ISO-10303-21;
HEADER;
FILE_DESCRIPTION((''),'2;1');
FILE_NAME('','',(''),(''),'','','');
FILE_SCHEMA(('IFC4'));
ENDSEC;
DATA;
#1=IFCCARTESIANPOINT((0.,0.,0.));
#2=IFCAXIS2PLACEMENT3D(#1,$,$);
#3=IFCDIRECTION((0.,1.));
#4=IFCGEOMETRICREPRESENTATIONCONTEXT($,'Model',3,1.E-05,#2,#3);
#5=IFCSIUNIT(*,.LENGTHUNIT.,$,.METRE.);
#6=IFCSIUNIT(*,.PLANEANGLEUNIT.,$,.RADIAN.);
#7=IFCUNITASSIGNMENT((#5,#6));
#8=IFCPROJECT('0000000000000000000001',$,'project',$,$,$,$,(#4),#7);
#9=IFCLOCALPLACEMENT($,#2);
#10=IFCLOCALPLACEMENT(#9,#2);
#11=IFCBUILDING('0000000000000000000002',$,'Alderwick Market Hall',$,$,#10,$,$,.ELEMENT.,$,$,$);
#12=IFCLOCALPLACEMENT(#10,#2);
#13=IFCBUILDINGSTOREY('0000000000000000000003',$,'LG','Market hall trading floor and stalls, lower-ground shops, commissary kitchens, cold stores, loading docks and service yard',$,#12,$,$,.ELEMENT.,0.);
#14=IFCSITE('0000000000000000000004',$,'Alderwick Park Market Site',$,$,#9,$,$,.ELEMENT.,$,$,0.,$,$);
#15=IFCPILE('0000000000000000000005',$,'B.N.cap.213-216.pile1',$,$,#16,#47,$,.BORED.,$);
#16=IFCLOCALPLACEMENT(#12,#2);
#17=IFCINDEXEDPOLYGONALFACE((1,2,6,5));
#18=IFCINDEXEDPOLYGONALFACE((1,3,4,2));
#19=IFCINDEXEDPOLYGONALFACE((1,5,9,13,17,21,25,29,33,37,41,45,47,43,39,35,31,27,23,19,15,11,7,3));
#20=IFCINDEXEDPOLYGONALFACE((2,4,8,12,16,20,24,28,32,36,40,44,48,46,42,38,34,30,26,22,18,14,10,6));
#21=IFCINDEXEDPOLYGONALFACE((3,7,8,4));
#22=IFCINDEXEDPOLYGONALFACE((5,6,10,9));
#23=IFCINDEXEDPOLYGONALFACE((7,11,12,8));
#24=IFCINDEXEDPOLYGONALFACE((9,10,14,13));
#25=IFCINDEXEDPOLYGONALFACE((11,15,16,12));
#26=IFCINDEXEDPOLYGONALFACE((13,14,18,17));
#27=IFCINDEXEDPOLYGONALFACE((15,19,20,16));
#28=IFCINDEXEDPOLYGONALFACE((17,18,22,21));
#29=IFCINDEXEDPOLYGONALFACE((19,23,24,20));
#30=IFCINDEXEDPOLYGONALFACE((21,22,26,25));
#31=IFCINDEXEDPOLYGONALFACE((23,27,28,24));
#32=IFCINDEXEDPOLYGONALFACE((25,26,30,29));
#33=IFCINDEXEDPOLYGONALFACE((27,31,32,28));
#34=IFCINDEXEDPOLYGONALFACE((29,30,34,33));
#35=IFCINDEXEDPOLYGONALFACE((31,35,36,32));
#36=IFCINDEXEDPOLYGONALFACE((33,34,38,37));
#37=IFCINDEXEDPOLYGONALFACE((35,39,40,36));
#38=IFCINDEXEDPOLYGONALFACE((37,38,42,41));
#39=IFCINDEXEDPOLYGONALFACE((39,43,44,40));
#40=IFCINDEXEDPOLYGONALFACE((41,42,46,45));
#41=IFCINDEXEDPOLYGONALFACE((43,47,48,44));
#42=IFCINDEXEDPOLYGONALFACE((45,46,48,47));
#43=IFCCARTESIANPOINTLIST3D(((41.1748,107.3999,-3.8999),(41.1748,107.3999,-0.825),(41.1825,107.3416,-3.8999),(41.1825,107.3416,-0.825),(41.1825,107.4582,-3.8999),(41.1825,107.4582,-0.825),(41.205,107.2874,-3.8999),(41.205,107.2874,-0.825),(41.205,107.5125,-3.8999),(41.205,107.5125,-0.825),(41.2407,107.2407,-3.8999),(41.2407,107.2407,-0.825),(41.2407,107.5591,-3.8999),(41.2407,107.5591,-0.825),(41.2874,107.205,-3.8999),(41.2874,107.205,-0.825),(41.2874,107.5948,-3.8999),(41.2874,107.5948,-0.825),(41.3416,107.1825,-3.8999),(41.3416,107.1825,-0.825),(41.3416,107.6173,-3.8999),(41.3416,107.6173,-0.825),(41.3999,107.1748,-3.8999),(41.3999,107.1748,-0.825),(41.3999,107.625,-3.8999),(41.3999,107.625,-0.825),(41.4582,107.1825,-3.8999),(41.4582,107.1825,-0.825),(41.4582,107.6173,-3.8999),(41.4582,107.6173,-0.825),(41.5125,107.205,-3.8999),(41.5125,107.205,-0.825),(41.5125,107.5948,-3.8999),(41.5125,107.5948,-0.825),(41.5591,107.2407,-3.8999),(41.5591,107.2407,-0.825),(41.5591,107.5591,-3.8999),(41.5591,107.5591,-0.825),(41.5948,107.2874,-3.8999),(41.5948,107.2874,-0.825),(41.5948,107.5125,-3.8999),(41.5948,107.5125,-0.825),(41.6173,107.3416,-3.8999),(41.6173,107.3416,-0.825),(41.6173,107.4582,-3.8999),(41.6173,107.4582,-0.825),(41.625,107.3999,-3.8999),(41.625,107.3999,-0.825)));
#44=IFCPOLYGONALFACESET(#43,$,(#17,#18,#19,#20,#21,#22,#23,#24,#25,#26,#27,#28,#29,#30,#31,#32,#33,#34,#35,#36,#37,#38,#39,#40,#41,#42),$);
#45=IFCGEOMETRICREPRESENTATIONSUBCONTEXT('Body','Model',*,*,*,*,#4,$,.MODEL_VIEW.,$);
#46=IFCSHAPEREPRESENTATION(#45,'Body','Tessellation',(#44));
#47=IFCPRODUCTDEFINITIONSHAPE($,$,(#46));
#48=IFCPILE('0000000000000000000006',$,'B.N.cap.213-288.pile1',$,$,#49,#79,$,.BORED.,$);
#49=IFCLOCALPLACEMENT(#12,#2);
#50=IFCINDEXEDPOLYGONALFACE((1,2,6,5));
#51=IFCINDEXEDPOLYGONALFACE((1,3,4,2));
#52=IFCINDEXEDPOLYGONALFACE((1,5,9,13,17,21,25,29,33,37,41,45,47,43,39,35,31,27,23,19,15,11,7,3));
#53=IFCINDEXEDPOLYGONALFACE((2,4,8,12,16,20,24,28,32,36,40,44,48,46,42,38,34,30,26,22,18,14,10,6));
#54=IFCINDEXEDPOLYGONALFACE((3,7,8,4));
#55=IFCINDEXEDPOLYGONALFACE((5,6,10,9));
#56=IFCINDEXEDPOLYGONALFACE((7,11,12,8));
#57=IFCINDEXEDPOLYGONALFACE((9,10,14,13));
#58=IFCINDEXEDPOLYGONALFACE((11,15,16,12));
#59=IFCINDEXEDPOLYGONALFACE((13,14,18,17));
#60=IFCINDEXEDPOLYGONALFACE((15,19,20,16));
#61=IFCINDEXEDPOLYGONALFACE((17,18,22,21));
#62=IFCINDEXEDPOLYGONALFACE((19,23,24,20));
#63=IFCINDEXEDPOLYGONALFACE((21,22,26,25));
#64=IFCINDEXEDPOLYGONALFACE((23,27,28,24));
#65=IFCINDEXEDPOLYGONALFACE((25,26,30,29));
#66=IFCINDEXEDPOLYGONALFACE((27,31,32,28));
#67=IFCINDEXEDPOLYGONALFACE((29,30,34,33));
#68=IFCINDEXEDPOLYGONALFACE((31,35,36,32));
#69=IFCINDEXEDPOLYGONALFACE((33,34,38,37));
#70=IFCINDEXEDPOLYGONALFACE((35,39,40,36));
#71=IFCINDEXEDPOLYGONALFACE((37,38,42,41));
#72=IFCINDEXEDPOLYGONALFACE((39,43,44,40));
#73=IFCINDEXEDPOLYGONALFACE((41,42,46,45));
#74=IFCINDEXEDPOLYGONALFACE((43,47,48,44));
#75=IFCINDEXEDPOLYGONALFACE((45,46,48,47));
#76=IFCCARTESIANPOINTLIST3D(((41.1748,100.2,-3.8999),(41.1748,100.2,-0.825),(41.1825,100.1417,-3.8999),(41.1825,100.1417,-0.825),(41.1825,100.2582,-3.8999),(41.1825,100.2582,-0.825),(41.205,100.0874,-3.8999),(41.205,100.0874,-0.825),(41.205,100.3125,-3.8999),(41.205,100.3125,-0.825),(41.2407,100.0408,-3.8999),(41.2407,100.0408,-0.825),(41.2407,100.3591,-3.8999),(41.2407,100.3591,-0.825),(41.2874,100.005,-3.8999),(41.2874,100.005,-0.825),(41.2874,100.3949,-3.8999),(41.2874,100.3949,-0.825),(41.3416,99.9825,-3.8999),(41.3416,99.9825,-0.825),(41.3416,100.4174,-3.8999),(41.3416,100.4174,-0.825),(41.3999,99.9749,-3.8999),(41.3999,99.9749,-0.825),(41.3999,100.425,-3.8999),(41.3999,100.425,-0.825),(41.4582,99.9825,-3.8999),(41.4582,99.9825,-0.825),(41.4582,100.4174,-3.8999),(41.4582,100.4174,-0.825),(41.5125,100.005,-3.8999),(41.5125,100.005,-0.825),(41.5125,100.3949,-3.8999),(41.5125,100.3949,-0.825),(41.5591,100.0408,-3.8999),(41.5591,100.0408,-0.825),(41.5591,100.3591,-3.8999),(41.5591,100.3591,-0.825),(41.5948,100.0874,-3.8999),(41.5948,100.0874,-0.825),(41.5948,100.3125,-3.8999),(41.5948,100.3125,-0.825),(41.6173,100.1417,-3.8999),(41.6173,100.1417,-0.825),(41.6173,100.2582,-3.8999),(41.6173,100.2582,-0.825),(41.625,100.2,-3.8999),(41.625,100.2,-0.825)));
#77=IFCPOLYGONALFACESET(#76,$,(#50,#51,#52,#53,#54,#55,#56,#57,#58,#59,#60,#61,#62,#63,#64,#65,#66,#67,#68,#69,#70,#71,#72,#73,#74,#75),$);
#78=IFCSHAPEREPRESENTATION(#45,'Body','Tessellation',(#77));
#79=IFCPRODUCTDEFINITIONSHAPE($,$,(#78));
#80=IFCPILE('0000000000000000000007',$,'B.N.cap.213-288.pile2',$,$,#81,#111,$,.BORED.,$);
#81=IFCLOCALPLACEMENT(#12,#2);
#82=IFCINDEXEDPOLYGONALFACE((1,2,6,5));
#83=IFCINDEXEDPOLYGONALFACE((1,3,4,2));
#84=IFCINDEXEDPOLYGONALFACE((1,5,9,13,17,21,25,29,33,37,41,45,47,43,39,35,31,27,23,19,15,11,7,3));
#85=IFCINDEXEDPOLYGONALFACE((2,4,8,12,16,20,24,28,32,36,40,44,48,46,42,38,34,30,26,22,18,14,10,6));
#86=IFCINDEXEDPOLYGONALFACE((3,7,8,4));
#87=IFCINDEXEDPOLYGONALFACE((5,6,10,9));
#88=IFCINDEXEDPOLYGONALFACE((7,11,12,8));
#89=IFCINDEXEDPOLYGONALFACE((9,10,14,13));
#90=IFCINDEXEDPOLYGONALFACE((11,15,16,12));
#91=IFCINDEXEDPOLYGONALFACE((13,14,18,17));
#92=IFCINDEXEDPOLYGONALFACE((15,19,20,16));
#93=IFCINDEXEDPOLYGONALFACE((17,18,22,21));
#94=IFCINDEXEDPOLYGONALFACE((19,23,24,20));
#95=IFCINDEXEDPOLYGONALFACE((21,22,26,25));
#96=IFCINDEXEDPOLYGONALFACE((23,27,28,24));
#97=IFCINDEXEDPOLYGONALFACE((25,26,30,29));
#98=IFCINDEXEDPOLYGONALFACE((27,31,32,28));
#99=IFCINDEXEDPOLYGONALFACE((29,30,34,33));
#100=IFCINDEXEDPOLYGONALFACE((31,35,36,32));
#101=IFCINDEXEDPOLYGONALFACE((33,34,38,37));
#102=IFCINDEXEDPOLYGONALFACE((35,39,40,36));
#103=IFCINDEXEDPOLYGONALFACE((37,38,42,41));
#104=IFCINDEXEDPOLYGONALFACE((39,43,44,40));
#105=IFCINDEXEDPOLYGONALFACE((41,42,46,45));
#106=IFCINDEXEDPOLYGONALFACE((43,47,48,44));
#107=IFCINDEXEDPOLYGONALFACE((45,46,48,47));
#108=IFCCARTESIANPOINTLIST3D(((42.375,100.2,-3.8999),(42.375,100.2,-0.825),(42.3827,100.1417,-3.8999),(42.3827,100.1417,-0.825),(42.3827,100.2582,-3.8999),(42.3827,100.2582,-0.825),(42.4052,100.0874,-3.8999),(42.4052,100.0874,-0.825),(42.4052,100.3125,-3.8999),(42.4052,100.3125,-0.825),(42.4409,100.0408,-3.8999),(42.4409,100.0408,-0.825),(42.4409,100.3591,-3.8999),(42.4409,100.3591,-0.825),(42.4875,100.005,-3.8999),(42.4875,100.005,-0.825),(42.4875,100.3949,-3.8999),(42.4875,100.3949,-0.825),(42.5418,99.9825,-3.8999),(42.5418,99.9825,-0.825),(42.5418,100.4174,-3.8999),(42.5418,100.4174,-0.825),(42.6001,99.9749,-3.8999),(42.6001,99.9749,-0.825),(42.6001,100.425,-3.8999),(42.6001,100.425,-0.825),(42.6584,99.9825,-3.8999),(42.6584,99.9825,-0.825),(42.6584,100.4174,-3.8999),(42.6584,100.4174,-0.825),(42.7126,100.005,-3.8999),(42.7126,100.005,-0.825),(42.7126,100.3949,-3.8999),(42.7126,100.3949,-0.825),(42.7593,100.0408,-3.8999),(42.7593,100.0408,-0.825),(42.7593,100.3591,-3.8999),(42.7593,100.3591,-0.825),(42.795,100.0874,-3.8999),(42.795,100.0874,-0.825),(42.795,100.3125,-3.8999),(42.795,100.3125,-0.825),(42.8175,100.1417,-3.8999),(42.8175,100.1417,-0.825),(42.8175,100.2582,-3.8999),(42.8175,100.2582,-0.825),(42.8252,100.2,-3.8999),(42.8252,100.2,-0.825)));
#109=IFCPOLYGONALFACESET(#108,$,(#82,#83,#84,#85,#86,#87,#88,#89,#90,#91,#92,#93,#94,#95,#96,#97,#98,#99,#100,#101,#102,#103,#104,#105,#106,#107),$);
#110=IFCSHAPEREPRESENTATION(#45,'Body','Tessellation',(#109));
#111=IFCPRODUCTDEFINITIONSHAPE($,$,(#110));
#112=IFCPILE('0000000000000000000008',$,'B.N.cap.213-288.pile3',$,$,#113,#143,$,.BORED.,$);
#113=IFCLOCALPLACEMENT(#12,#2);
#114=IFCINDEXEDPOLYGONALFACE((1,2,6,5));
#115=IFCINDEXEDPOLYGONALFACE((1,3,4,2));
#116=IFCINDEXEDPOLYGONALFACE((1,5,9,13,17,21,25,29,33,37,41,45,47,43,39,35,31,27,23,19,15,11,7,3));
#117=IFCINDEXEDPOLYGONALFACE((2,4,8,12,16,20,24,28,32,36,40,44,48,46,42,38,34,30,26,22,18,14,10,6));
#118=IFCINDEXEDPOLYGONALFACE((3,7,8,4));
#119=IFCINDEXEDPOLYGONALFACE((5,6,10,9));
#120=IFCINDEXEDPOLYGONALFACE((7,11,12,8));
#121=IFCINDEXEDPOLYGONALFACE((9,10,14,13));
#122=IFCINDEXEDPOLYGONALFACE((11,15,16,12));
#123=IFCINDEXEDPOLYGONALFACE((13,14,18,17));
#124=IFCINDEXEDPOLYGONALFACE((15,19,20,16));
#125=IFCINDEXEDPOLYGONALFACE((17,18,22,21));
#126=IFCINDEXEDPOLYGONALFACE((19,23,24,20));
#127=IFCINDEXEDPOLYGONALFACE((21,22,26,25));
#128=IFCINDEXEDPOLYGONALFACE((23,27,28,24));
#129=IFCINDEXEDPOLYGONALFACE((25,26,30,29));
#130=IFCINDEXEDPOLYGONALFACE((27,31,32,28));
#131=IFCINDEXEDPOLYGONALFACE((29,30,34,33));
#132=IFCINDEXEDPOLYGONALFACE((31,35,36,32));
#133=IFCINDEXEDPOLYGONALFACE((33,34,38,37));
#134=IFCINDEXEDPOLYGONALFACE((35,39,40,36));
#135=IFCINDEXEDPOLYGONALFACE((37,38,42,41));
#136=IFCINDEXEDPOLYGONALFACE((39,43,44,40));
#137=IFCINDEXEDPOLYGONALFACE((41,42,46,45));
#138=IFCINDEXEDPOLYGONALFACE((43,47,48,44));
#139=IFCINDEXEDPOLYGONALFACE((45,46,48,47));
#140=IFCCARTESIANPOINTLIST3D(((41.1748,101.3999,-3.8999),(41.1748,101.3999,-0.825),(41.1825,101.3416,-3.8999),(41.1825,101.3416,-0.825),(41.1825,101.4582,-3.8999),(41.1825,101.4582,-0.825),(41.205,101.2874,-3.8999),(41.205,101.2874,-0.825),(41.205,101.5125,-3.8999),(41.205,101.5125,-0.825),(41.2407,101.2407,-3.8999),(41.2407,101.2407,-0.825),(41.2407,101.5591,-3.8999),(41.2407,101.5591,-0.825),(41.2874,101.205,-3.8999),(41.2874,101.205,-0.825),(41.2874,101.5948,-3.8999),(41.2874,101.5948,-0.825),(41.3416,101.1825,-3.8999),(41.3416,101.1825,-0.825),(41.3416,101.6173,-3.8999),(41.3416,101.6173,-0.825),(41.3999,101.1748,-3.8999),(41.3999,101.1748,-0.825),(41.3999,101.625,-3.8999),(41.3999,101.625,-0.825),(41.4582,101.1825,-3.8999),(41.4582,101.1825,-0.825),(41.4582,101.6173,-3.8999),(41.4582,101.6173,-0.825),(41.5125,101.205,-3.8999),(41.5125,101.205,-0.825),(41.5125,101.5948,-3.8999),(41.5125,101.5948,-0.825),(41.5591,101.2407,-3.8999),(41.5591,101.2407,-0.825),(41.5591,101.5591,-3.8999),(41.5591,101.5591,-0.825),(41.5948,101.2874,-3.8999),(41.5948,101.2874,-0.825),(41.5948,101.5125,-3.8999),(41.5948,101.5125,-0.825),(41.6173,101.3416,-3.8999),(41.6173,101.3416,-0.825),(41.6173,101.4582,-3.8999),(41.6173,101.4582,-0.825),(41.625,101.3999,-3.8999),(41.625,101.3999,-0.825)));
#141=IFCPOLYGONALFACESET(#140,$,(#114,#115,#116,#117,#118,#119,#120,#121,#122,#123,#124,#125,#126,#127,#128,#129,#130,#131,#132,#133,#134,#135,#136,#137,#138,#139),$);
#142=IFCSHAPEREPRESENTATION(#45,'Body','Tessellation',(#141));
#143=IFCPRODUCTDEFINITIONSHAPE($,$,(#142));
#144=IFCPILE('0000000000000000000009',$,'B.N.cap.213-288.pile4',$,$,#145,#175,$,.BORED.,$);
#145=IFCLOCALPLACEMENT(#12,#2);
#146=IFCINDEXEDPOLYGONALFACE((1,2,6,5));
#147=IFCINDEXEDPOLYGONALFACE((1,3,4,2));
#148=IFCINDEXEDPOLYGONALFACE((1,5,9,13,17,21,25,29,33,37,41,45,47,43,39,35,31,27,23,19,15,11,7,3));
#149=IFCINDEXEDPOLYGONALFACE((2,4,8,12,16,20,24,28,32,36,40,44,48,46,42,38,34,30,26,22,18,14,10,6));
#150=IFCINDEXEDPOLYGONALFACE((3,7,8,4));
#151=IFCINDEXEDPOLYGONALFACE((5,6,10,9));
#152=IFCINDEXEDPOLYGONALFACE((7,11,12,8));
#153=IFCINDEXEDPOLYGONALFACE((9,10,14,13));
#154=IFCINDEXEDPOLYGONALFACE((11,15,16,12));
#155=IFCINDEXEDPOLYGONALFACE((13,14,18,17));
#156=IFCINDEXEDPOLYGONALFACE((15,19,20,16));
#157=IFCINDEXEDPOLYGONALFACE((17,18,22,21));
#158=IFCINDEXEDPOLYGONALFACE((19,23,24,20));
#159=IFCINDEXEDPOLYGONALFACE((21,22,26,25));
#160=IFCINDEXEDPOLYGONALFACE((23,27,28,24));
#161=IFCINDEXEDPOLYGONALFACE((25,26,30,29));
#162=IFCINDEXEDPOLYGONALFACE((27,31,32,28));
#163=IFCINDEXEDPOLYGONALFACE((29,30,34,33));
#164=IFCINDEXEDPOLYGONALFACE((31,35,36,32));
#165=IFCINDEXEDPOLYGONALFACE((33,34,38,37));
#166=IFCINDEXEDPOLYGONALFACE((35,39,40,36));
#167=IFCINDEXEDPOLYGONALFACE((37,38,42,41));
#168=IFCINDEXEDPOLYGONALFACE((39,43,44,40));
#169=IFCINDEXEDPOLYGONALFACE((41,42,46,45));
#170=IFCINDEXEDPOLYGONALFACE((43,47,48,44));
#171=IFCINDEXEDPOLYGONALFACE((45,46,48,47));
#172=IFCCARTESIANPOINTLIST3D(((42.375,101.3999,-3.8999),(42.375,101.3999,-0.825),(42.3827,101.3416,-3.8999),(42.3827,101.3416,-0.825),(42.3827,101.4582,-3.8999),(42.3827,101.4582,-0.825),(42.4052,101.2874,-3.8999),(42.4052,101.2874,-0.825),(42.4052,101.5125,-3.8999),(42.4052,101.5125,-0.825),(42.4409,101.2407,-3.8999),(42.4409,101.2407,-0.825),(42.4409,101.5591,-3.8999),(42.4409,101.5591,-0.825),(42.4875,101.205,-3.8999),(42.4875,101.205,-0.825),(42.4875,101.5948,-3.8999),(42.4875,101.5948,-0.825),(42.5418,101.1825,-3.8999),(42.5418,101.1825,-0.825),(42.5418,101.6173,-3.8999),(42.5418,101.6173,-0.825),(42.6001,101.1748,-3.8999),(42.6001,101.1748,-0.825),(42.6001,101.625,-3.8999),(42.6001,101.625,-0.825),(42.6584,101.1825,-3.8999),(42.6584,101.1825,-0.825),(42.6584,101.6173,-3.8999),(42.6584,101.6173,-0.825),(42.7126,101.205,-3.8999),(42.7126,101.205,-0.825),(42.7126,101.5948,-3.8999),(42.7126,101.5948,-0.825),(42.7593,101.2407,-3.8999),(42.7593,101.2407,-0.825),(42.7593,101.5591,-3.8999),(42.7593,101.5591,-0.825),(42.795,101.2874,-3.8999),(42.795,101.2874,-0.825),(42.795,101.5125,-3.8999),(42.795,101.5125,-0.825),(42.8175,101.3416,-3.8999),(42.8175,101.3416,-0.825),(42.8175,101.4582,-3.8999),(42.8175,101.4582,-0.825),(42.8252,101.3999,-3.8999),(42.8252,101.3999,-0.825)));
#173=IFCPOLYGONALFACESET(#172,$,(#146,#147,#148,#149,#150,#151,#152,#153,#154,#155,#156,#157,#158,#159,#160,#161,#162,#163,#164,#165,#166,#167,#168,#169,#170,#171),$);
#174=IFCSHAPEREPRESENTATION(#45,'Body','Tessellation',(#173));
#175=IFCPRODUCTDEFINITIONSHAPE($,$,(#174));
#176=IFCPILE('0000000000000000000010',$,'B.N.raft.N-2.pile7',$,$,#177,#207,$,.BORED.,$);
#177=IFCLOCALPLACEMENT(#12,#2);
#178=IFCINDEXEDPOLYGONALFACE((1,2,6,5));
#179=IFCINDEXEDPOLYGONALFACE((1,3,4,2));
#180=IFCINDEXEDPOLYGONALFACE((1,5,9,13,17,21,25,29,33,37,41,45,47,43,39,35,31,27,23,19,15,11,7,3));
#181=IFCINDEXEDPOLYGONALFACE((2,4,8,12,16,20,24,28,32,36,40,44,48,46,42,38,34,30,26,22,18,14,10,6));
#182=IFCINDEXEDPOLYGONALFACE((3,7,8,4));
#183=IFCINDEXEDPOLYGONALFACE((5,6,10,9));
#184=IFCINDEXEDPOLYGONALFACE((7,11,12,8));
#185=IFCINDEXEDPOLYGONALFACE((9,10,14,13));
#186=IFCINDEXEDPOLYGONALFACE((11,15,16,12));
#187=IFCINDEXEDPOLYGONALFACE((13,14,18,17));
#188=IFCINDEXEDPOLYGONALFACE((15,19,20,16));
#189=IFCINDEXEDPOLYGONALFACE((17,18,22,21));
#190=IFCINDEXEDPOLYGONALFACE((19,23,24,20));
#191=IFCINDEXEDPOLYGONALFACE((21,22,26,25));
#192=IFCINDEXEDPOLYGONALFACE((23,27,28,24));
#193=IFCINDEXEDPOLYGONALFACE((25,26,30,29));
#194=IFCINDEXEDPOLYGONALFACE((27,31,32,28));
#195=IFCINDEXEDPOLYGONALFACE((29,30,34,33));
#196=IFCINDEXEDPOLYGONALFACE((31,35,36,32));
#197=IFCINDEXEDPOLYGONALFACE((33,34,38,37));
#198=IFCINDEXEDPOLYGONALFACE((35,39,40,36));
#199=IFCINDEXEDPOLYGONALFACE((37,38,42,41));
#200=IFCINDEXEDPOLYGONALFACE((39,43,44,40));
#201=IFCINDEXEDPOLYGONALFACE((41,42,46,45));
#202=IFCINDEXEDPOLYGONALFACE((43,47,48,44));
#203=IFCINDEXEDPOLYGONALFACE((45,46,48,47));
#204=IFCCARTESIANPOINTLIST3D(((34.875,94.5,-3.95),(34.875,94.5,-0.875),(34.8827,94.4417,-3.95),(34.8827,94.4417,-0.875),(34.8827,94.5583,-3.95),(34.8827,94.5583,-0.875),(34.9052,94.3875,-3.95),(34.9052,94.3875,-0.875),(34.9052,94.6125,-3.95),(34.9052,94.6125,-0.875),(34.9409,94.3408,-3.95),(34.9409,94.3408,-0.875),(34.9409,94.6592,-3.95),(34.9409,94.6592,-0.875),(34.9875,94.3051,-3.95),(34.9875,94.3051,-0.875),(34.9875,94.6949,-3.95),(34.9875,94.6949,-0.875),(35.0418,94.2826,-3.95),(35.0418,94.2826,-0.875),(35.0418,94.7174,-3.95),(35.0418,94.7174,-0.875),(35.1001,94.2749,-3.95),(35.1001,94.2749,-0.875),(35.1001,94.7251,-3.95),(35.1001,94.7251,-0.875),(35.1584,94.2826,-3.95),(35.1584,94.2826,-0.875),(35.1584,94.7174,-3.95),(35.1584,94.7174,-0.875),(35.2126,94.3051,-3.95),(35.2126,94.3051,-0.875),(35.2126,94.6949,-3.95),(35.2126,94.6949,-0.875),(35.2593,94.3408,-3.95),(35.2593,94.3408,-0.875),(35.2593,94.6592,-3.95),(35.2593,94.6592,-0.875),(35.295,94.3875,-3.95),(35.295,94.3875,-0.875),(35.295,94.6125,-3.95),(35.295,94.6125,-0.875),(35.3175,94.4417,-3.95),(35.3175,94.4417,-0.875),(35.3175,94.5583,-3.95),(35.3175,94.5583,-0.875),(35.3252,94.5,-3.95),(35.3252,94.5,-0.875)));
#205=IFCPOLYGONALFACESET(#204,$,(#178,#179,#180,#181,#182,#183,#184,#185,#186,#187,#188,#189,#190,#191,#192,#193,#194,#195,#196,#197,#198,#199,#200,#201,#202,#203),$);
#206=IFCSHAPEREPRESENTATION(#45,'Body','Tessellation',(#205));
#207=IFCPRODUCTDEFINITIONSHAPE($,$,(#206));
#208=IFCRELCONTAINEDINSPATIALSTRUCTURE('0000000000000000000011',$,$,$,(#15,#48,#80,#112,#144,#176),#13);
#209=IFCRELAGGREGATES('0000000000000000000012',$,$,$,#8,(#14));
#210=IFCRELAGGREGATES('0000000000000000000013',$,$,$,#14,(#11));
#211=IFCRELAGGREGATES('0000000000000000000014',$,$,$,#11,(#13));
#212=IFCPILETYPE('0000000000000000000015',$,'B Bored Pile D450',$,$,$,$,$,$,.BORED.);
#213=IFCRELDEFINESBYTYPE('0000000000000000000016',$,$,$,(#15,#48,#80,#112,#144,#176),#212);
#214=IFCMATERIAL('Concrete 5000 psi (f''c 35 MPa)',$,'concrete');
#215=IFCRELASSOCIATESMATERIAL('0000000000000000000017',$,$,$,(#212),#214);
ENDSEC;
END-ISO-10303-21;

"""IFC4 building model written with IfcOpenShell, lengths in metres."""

from ifc_helpers import new_model, si_unit, direction, frame, origin, origin_2d, place, context, subcontext, project, spatial, circle, extrude, material, material_profile, profile_set, type_object, element, save


model = new_model("IFC4")

# Units and contexts
model_context = context("Model", 3, precision=1e-05, world=origin(), true_north=direction((0.0, 1.0)))
body_context = subcontext(model_context, "Body", "Model", "MODEL_VIEW")
ifc_project = project(units=[si_unit("LENGTHUNIT", "METRE"), si_unit("PLANEANGLEUNIT", "RADIAN")], contexts=[model_context])

# Site, building, storey
site_placement = place(None, origin())
site = spatial("IfcSite", under=ifc_project, at=site_placement, Name="Alderwick Park Market Site", CompositionType="ELEMENT", RefElevation=0.0)
building_placement = place(site_placement, origin())
building = spatial("IfcBuilding", under=site, at=building_placement, Name="Alderwick Market Hall", CompositionType="ELEMENT")
storey_placement = place(building_placement, origin())
storey = spatial("IfcBuildingStorey", under=building, at=storey_placement, Name="LG", Description="Market hall trading floor and stalls, lower-ground shops, commissary kitchens, cold stores, loading docks and service yard", CompositionType="ELEMENT", Elevation=0.0)

# Piles
ifc_material_1 = material(Name="Concrete 5000 psi (f'c 35 MPa)", Category="concrete")
ifc_material_profile_1 = material_profile(ifc_material_1, circle(Radius=0.2251, at=origin_2d()), Name="B Bored Pile D450")
ifc_profile_set_1 = profile_set([ifc_material_profile_1], Name="Concrete 5000 psi (f'c 35 MPa)")
pile_type = type_object("IfcPileType", Name="B Bored Pile D450", PredefinedType="BORED", material=ifc_profile_set_1)
for number, where, z_axis, x_axis, name in (
    (1, (41.3999, 107.3999, -0.825), (0.0, 0.0, -1.0), (1.0, 0.0, 0.0), "B.N.cap.213-216.pile1"),
    (2, (41.3999, 100.2, -0.825), (0.0, 0.0, -1.0), (1.0, 0.0, 0.0), "B.N.cap.213-288.pile1"),
    (3, (42.6001, 100.2, -0.825), (0.0, 0.0, -1.0), (1.0, 0.0, 0.0), "B.N.cap.213-288.pile2"),
    (4, (41.3999, 101.3999, -0.825), (0.0, 0.0, -1.0), (1.0, 0.0, 0.0), "B.N.cap.213-288.pile3"),
    (5, (42.6001, 101.3999, -0.825), (0.0, 0.0, -1.0), (1.0, 0.0, 0.0), "B.N.cap.213-288.pile4"),
    (6, (35.1001, 94.5, -0.875), (0.0, 0.0, -1.0), (1.0, 0.0, 0.0), "B.N.raft.N-2.pile7"),
):
    element("IfcPile", number, at=place(storey_placement, frame(where, z_axis=z_axis, x_axis=x_axis)), inside=storey, type_object=pile_type, Name=name, PredefinedType="BORED", context=body_context, shape_type="SweptSolid", body=[
        extrude(circle(Radius=0.2251, at=origin_2d()), origin(), (0.0, 0.0, 1.0), 3.075),
    ])

save(model, "model.ifc")
